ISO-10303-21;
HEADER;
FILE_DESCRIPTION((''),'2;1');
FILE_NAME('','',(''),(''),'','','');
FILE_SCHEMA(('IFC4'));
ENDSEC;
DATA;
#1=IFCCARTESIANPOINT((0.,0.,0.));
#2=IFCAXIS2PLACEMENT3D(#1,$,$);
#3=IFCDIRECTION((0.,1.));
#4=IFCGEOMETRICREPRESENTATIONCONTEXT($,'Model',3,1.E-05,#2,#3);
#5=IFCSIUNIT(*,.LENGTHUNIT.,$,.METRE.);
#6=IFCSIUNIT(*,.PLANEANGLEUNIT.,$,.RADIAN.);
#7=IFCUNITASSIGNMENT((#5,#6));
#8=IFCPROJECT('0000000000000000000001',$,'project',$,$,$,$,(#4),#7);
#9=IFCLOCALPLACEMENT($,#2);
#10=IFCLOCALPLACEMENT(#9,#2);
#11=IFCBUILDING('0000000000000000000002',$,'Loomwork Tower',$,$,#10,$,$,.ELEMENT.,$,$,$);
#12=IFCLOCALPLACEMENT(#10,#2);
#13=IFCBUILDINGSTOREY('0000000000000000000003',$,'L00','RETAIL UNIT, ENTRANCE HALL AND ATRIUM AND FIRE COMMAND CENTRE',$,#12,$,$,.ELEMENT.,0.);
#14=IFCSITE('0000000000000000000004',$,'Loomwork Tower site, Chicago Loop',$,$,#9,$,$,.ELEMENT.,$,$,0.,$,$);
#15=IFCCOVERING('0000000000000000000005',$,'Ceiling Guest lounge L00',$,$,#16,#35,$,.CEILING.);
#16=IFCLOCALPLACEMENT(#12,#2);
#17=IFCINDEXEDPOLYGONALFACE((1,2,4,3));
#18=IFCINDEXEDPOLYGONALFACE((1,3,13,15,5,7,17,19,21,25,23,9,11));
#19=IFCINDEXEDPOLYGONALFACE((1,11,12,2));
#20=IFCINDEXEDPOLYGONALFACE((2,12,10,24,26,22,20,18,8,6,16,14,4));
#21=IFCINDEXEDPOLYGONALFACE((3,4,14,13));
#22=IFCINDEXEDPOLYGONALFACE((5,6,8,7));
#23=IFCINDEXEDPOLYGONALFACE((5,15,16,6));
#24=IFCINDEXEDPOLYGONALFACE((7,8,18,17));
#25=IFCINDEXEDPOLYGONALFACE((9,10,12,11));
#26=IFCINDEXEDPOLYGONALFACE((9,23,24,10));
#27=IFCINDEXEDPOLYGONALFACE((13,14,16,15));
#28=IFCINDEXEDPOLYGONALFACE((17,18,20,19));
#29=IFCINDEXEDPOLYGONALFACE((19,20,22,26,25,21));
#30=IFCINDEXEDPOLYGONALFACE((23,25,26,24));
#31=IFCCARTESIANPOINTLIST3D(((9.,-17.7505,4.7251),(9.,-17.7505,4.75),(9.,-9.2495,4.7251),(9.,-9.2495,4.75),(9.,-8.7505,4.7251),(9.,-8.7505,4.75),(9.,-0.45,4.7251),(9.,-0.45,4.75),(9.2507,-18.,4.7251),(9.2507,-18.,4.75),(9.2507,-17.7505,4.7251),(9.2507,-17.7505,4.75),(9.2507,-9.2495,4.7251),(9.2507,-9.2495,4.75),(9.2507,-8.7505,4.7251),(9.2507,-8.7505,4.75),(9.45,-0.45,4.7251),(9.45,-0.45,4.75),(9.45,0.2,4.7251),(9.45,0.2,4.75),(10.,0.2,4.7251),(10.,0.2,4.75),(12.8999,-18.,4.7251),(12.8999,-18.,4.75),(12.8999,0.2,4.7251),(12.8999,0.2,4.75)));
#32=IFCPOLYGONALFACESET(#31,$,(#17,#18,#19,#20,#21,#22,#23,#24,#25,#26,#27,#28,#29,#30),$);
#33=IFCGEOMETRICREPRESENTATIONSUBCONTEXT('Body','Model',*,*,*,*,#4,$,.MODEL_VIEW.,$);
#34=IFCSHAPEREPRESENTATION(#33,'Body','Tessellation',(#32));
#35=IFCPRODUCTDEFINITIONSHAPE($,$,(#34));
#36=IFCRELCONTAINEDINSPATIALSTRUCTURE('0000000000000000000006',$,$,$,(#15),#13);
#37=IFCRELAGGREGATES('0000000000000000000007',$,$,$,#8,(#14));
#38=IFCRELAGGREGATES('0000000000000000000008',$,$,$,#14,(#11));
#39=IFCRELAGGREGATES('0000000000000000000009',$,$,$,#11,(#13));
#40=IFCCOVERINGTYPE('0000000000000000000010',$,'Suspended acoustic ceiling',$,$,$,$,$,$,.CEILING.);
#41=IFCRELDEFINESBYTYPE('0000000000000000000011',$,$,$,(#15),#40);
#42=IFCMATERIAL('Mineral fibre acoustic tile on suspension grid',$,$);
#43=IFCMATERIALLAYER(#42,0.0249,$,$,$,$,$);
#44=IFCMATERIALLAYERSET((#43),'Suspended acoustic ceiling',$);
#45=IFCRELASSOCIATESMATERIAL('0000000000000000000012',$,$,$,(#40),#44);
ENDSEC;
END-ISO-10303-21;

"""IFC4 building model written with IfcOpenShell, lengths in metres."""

from ifc_helpers import new_model, si_unit, direction, frame, origin, place, context, subcontext, project, spatial, polyline, outline, extrude, material, layer, layer_set, type_object, element, save


model = new_model("IFC4")

# Units and contexts
model_context = context("Model", 3, precision=1e-05, world=origin(), true_north=direction((0.0, 1.0)))
body_context = subcontext(model_context, "Body", "Model", "MODEL_VIEW")
ifc_project = project(units=[si_unit("LENGTHUNIT", "METRE"), si_unit("PLANEANGLEUNIT", "RADIAN")], contexts=[model_context])

# Site, building, storey
site_placement = place(None, origin())
site = spatial("IfcSite", under=ifc_project, at=site_placement, Name="Loomwork Tower site, Chicago Loop", CompositionType="ELEMENT", RefElevation=0.0)
building_placement = place(site_placement, origin())
building = spatial("IfcBuilding", under=site, at=building_placement, Name="Loomwork Tower", CompositionType="ELEMENT")
storey_placement = place(building_placement, origin())
storey = spatial("IfcBuildingStorey", under=building, at=storey_placement, Name="L00", Description="RETAIL UNIT, ENTRANCE HALL AND ATRIUM AND FIRE COMMAND CENTRE", CompositionType="ELEMENT", Elevation=0.0)

# Covering
ifc_material_1 = material(Name="Mineral fibre acoustic tile on suspension grid")
ifc_layer_1 = layer(ifc_material_1, 0.0249)
ifc_layer_set_1 = layer_set([ifc_layer_1], Name="Suspended acoustic ceiling")
covering_type_1 = type_object("IfcCoveringType", Name="Suspended acoustic ceiling", PredefinedType="CEILING", material=ifc_layer_set_1)
covering_1_placement = place(storey_placement, frame((0.0, 0.0, 4.7251)))
element("IfcCovering", 1, at=covering_1_placement, inside=storey, type_object=covering_type_1, Name="Ceiling Guest lounge L00", PredefinedType="CEILING", context=body_context, shape_type="SweptSolid", body=[
    extrude(outline(polyline([(10.0, 0.2), (12.8999, 0.2), (12.8999, -18.0), (9.2507, -18.0), (9.2507, -17.7505), (9.0, -17.7505), (9.0, -9.2495), (9.2507, -9.2495), (9.2507, -8.7505), (9.0, -8.7505), (9.0, -0.45), (9.45, -0.45), (9.45, 0.2), (10.0, 0.2)])), origin(), (0.0, 0.0, 1.0), 0.0249),
])

save(model, "model.ifc")
